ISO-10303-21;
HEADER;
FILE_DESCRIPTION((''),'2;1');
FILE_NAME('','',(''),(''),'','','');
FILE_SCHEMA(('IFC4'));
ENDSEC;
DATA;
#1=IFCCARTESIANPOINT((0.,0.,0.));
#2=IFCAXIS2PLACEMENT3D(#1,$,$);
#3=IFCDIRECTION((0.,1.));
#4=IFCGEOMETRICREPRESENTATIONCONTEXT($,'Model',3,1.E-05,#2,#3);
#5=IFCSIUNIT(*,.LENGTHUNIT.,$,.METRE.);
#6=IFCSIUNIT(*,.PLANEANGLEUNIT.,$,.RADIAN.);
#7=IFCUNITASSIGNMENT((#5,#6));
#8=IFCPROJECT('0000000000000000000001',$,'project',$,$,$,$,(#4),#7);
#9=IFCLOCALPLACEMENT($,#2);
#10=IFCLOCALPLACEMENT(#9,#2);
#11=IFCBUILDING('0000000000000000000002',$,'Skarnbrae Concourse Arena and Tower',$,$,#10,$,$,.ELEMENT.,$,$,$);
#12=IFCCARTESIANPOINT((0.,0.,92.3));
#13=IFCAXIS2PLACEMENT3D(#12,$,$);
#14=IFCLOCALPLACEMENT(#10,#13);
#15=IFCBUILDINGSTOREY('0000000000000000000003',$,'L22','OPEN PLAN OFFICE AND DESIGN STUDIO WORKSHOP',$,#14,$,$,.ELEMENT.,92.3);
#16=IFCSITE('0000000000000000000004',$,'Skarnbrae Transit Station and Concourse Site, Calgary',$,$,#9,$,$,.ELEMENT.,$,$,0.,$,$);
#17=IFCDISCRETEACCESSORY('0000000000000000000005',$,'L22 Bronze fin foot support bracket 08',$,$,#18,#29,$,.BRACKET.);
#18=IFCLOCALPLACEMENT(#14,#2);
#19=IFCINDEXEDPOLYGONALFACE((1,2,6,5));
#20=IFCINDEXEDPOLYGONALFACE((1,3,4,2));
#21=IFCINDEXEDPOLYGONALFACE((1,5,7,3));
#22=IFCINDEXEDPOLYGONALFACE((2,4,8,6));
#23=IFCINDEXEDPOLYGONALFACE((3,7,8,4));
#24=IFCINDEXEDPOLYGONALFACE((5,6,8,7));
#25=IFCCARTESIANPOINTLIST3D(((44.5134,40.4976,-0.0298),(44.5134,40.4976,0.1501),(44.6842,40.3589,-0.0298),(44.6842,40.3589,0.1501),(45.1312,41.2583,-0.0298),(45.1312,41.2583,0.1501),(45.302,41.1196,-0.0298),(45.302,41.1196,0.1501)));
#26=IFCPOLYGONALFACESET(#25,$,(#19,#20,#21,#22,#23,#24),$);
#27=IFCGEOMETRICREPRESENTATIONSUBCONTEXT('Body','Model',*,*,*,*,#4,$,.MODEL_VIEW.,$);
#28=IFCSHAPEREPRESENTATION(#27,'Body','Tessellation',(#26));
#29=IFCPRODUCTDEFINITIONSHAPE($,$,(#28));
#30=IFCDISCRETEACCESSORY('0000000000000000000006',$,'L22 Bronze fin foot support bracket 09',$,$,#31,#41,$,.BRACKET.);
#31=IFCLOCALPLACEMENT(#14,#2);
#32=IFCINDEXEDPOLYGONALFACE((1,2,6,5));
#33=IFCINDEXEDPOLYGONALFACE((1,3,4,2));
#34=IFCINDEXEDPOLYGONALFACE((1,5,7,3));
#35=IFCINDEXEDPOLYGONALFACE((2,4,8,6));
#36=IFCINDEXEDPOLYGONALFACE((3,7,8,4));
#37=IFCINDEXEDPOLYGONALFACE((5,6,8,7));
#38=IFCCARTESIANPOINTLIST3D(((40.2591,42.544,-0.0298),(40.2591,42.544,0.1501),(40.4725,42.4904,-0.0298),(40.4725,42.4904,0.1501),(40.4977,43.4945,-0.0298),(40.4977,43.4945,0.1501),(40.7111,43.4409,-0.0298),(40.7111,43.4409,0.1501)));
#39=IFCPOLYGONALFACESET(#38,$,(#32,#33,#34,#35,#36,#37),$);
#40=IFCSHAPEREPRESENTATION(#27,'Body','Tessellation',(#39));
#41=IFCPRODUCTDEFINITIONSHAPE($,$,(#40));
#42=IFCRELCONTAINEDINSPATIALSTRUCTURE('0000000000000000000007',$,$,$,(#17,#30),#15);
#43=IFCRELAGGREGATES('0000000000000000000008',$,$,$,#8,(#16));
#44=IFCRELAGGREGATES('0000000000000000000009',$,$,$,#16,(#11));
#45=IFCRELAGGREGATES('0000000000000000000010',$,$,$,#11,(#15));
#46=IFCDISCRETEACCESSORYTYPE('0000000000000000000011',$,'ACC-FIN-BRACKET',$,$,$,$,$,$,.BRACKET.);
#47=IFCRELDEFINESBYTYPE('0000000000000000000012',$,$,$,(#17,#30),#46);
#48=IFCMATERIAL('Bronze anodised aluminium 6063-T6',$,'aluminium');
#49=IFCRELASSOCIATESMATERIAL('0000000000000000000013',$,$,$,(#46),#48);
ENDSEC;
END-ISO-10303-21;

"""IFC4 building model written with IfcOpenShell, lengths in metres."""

from ifc_helpers import new_model, si_unit, direction, frame, origin, origin_2d, place, context, subcontext, project, spatial, rectangle, extrude, source, transform, mapped, material, type_object, element, save


model = new_model("IFC4")

# Units and contexts
model_context = context("Model", 3, precision=1e-05, world=origin(), true_north=direction((0.0, 1.0)))
body_context = subcontext(model_context, "Body", "Model", "MODEL_VIEW")
ifc_project = project(units=[si_unit("LENGTHUNIT", "METRE"), si_unit("PLANEANGLEUNIT", "RADIAN")], contexts=[model_context])

# Site, building, storey
site_placement = place(None, origin())
site = spatial("IfcSite", under=ifc_project, at=site_placement, Name="Skarnbrae Transit Station and Concourse Site, Calgary", CompositionType="ELEMENT", RefElevation=0.0)
building_placement = place(site_placement, origin())
building = spatial("IfcBuilding", under=site, at=building_placement, Name="Skarnbrae Concourse Arena and Tower", CompositionType="ELEMENT")
storey_placement = place(building_placement, frame((0.0, 0.0, 92.3)))
storey = spatial("IfcBuildingStorey", under=building, at=storey_placement, Name="L22", Description="OPEN PLAN OFFICE AND DESIGN STUDIO WORKSHOP", CompositionType="ELEMENT", Elevation=92.3)

# Shared definitions
ifc_material_1 = material(Name="Bronze anodised aluminium 6063-T6", Category="aluminium")

# Discrete accessories
discrete_accessory_type = type_object("IfcDiscreteAccessoryType", Name="ACC-FIN-BRACKET", PredefinedType="BRACKET", material=ifc_material_1)
shared_shape_1 = source(origin(), body_context, "Body", "SweptSolid", [
    extrude(rectangle(XDim=0.22, YDim=0.98, at=origin_2d()), origin(), (0.0, 0.0, 1.0), 0.1799),
])
for number, where, z_axis, x_axis, name in (
    (1, (44.9077, 40.8086, -0.0298), (0.0, 0.0, 1.0), (0.776245, -0.630432, 0.0), "L22 Bronze fin foot support bracket 08"),
    (2, (40.4851, 42.9924, -0.0298), (0.0, 0.0, 1.0), (0.969902, -0.243497, 0.0), "L22 Bronze fin foot support bracket 09"),
):
    element("IfcDiscreteAccessory", number, at=place(storey_placement, frame(where, z_axis=z_axis, x_axis=x_axis)), inside=storey, type_object=discrete_accessory_type, Name=name, PredefinedType="BRACKET", context=body_context, shape_type="MappedRepresentation", body=[
        mapped(shared_shape_1, transform((0.0, 0.0, 0.0))),
    ])

save(model, "model.ifc")
